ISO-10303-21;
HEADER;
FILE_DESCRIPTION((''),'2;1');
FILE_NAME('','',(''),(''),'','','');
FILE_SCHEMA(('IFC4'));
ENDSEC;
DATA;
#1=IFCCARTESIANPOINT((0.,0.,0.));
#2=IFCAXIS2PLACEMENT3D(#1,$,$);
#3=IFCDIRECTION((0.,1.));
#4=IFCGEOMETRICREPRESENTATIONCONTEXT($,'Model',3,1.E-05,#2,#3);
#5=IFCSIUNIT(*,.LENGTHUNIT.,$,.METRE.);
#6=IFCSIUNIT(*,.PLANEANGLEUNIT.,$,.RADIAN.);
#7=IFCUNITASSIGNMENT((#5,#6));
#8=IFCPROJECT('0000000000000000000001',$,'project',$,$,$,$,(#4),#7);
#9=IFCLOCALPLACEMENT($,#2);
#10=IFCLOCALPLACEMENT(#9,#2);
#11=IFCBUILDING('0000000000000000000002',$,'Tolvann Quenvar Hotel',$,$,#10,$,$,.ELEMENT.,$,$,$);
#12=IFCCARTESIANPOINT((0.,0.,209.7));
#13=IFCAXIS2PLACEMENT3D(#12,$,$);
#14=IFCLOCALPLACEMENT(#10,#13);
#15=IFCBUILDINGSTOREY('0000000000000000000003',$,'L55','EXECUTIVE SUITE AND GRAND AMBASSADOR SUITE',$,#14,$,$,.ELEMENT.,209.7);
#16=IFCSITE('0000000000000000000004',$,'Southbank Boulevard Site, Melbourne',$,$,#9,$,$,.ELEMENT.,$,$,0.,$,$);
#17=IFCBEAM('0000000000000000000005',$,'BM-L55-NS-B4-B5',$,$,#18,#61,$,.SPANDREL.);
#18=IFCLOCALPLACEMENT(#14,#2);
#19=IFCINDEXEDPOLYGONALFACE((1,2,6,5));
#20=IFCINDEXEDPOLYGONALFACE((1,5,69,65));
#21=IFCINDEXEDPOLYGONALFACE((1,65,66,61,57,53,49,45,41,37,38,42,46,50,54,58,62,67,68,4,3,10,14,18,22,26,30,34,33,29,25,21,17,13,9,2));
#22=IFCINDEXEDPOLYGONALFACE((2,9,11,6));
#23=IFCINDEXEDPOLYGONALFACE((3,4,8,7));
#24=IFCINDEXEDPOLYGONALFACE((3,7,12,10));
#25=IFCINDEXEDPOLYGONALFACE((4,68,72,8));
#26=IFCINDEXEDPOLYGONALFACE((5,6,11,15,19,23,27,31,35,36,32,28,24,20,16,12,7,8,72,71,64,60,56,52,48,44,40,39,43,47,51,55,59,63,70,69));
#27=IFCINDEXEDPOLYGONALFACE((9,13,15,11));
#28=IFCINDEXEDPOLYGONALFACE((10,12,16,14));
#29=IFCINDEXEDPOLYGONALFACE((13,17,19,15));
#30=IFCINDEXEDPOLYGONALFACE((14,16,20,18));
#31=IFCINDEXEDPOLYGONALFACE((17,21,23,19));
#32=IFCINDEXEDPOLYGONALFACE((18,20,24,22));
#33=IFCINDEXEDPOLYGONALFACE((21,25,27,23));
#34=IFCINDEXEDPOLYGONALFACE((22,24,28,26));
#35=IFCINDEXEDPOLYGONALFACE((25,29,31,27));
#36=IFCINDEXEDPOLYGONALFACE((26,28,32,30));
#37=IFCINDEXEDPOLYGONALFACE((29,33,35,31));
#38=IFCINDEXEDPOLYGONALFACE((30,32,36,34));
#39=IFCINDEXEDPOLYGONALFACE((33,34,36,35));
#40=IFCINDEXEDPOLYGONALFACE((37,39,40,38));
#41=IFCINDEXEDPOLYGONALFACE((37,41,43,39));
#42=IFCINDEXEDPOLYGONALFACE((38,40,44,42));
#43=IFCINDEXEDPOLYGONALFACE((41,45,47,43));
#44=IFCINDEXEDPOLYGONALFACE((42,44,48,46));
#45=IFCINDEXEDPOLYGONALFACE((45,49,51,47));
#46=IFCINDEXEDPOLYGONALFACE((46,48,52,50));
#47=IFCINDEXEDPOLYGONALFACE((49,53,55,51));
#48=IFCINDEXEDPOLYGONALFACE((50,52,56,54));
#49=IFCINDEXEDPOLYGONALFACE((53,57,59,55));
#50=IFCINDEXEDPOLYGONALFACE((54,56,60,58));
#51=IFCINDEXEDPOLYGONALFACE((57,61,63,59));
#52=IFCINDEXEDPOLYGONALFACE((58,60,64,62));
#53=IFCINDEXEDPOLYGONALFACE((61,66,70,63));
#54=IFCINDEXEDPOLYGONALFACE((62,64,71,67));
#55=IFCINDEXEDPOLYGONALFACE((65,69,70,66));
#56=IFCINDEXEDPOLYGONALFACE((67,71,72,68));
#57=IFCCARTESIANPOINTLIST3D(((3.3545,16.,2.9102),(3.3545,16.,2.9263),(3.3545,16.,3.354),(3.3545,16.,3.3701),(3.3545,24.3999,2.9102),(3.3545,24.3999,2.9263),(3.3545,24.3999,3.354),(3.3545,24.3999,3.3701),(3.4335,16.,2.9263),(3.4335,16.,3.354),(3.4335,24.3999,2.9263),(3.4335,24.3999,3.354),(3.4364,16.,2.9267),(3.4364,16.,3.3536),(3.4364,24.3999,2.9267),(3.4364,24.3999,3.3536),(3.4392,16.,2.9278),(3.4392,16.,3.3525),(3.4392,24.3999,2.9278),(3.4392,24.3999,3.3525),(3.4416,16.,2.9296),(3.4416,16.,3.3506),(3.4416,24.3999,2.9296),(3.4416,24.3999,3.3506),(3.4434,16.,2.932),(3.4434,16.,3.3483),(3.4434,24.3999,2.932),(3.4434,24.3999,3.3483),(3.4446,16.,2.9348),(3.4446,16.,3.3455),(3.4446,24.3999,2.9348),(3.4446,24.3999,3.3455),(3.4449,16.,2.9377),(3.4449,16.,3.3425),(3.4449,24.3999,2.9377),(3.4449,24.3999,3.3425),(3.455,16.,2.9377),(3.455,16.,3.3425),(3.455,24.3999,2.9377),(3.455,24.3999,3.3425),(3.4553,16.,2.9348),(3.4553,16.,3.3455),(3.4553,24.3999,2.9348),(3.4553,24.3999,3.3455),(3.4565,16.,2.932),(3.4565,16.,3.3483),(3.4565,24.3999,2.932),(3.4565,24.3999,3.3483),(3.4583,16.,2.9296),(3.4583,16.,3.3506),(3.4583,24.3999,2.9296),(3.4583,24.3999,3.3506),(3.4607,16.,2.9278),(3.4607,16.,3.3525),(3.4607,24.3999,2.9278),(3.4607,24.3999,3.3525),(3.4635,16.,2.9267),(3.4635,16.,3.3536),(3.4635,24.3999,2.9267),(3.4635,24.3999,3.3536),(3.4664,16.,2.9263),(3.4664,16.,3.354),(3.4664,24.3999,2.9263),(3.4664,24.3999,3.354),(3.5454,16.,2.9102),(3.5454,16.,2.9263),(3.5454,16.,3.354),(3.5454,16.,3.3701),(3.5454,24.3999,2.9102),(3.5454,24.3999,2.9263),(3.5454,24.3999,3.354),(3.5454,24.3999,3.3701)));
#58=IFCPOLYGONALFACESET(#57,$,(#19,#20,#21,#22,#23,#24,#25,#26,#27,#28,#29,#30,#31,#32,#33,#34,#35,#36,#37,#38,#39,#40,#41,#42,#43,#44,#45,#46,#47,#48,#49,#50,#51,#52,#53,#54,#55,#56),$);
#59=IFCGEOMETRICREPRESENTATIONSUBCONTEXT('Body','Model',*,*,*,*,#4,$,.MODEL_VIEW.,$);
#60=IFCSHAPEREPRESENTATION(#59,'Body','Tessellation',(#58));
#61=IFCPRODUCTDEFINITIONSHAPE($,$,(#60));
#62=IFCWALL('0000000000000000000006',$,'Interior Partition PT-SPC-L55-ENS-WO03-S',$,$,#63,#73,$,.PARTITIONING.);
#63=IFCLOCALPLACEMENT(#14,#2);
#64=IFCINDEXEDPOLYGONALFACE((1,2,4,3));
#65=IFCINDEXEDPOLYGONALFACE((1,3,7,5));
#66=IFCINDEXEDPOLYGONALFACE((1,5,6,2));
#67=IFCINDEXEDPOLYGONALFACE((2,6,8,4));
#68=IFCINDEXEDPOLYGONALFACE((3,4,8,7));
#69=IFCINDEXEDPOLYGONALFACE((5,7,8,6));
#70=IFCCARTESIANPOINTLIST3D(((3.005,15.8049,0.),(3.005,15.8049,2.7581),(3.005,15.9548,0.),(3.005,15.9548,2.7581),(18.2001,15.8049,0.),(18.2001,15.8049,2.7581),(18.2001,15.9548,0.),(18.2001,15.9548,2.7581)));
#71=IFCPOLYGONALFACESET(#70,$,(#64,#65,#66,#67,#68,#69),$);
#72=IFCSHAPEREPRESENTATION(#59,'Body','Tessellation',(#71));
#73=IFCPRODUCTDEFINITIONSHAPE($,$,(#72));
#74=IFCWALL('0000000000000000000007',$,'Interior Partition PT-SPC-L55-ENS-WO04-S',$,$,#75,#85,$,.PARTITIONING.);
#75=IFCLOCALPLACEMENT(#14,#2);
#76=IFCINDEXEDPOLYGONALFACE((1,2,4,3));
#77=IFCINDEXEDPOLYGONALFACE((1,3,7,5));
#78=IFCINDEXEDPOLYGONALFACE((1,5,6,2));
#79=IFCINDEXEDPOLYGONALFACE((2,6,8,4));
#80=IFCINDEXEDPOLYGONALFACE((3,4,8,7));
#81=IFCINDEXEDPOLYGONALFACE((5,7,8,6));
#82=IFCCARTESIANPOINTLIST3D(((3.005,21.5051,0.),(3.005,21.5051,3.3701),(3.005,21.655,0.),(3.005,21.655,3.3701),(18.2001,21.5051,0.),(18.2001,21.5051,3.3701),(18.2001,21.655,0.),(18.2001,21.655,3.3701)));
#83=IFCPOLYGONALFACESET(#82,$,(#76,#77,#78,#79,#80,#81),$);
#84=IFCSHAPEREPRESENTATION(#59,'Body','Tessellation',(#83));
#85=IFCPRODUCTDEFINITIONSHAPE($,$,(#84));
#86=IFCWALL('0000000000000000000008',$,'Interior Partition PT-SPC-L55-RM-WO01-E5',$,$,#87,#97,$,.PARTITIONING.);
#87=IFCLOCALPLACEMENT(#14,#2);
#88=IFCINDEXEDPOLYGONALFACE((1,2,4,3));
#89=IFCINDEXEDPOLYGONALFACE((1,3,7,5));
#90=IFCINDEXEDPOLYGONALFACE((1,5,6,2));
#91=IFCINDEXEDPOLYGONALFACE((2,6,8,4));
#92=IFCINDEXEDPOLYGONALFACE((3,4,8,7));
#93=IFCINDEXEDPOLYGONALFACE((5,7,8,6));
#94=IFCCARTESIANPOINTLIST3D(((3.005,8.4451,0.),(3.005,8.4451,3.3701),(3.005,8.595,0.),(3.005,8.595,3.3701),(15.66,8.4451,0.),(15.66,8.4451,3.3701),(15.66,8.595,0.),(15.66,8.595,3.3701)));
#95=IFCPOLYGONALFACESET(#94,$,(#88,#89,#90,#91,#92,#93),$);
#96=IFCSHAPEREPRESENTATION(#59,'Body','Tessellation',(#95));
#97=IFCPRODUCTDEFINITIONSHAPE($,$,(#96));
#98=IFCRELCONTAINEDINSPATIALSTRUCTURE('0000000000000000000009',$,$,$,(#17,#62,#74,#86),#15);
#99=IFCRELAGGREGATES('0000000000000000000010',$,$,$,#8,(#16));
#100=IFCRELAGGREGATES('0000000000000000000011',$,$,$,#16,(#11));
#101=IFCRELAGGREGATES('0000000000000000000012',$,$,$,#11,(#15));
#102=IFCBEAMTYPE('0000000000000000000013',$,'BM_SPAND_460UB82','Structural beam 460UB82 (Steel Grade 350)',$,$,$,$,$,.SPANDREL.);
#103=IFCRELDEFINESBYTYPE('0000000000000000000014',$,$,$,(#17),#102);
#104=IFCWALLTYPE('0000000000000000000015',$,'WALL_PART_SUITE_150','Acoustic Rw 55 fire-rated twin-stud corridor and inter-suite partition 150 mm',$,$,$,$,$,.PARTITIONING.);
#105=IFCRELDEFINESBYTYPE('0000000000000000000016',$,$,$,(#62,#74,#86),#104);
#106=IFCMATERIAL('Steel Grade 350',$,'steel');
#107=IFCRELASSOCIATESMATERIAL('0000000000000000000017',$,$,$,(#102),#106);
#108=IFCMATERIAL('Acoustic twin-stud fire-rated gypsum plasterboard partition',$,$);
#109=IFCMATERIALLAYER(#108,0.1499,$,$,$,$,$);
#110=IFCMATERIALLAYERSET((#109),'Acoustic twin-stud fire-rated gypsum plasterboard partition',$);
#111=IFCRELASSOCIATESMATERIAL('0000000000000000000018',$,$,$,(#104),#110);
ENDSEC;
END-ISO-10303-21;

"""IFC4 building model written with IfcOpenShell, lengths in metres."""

from ifc_helpers import new_model, si_unit, direction, frame, frame_2d, origin, origin_2d, place, context, subcontext, project, spatial, rectangle, i_section, extrude, source, transform, mapped, material, layer, layer_set, material_profile, profile_set, type_object, type_shapes, element, save


model = new_model("IFC4")

# Units and contexts
model_context = context("Model", 3, precision=1e-05, world=origin(), true_north=direction((0.0, 1.0)))
body_context = subcontext(model_context, "Body", "Model", "MODEL_VIEW")
ifc_project = project(units=[si_unit("LENGTHUNIT", "METRE"), si_unit("PLANEANGLEUNIT", "RADIAN")], contexts=[model_context])

# Site, building, storey
site_placement = place(None, origin())
site = spatial("IfcSite", under=ifc_project, at=site_placement, Name="Southbank Boulevard Site, Melbourne", CompositionType="ELEMENT", RefElevation=0.0)
building_placement = place(site_placement, origin())
building = spatial("IfcBuilding", under=site, at=building_placement, Name="Tolvann Quenvar Hotel", CompositionType="ELEMENT")
storey_placement = place(building_placement, frame((0.0, 0.0, 209.7)))
storey = spatial("IfcBuildingStorey", under=building, at=storey_placement, Name="L55", Description="EXECUTIVE SUITE AND GRAND AMBASSADOR SUITE", CompositionType="ELEMENT", Elevation=209.7)

# Shared definitions
ifc_material_1 = material(Name="Steel Grade 350", Category="steel")

# Beam
ifc_material_profile_1 = material_profile(ifc_material_1, i_section(OverallWidth=0.1909, OverallDepth=0.46, WebThickness=0.01, FlangeThickness=0.0161, FilletRadius=0.0115, at=origin_2d()), Name="460UB82")
ifc_profile_set_1 = profile_set([ifc_material_profile_1], Name="Steel Grade 350")
beam_type_1 = type_object("IfcBeamType", Name="BM_SPAND_460UB82", Description="Structural beam 460UB82 (Steel Grade 350)", PredefinedType="SPANDREL", material=ifc_profile_set_1)
shared_shape_1 = source(origin(), body_context, "Body", "SweptSolid", [
    extrude(i_section(OverallWidth=0.1909, OverallDepth=0.46, WebThickness=0.01, FlangeThickness=0.0161, FilletRadius=0.0115, at=origin_2d()), origin(), (0.0, 0.0, 1.0), 8.3999),
])
type_shapes(beam_type_1, [shared_shape_1])
beam_1_placement = place(storey_placement, frame((3.45, 16.0, 3.1401), z_axis=(0.0, 1.0, 0.0), x_axis=(-1.0, 0.0, 0.0)))
element("IfcBeam", 1, at=beam_1_placement, inside=storey, type_object=beam_type_1, Name="BM-L55-NS-B4-B5", PredefinedType="SPANDREL", context=body_context, shape_type="MappedRepresentation", body=[
    mapped(shared_shape_1, transform((0.0, 0.0, 0.0), x_axis=(1.0, 0.0, 0.0), y_axis=(0.0, 1.0, 0.0), z_axis=(0.0, 0.0, 1.0), scale=1.0)),
])

# Walls
ifc_material_2 = material(Name="Acoustic twin-stud fire-rated gypsum plasterboard partition")
ifc_layer = layer(ifc_material_2, 0.1499)
ifc_layer_set = layer_set([ifc_layer], Name="Acoustic twin-stud fire-rated gypsum plasterboard partition")
wall_type = type_object("IfcWallType", Name="WALL_PART_SUITE_150", Description="Acoustic Rw 55 fire-rated twin-stud corridor and inter-suite partition 150 mm", PredefinedType="PARTITIONING", material=ifc_layer_set)
wall_1_placement = place(storey_placement, frame((3.0049, 15.8799, 0.0), z_axis=(0.0, 0.0, 1.0), x_axis=(1.0, 0.0, 0.0)))
element("IfcWall", 2, at=wall_1_placement, inside=storey, type_object=wall_type, Name="Interior Partition PT-SPC-L55-ENS-WO03-S", PredefinedType="PARTITIONING", context=body_context, shape_type="SweptSolid", body=[
    extrude(rectangle(XDim=15.1951, YDim=0.1499, at=frame_2d((7.5977, 0.0))), origin(), (0.0, 0.0, 1.0), 2.7581),
])
wall_2_placement = place(storey_placement, frame((3.0049, 21.5801, 0.0), z_axis=(0.0, 0.0, 1.0), x_axis=(1.0, 0.0, 0.0)))
element("IfcWall", 3, at=wall_2_placement, inside=storey, type_object=wall_type, Name="Interior Partition PT-SPC-L55-ENS-WO04-S", PredefinedType="PARTITIONING", context=body_context, shape_type="SweptSolid", body=[
    extrude(rectangle(XDim=15.1951, YDim=0.1499, at=frame_2d((7.5977, 0.0))), origin(), (0.0, 0.0, 1.0), 3.3701),
])
wall_3_placement = place(storey_placement, frame((3.0049, 8.52, 0.0), z_axis=(0.0, 0.0, 1.0), x_axis=(1.0, 0.0, 0.0)))
element("IfcWall", 4, at=wall_3_placement, inside=storey, type_object=wall_type, Name="Interior Partition PT-SPC-L55-RM-WO01-E5", PredefinedType="PARTITIONING", context=body_context, shape_type="SweptSolid", body=[
    extrude(rectangle(XDim=12.655, YDim=0.1499, at=frame_2d((6.3276, 0.0))), origin(), (0.0, 0.0, 1.0), 3.3701),
])

save(model, "model.ifc")
